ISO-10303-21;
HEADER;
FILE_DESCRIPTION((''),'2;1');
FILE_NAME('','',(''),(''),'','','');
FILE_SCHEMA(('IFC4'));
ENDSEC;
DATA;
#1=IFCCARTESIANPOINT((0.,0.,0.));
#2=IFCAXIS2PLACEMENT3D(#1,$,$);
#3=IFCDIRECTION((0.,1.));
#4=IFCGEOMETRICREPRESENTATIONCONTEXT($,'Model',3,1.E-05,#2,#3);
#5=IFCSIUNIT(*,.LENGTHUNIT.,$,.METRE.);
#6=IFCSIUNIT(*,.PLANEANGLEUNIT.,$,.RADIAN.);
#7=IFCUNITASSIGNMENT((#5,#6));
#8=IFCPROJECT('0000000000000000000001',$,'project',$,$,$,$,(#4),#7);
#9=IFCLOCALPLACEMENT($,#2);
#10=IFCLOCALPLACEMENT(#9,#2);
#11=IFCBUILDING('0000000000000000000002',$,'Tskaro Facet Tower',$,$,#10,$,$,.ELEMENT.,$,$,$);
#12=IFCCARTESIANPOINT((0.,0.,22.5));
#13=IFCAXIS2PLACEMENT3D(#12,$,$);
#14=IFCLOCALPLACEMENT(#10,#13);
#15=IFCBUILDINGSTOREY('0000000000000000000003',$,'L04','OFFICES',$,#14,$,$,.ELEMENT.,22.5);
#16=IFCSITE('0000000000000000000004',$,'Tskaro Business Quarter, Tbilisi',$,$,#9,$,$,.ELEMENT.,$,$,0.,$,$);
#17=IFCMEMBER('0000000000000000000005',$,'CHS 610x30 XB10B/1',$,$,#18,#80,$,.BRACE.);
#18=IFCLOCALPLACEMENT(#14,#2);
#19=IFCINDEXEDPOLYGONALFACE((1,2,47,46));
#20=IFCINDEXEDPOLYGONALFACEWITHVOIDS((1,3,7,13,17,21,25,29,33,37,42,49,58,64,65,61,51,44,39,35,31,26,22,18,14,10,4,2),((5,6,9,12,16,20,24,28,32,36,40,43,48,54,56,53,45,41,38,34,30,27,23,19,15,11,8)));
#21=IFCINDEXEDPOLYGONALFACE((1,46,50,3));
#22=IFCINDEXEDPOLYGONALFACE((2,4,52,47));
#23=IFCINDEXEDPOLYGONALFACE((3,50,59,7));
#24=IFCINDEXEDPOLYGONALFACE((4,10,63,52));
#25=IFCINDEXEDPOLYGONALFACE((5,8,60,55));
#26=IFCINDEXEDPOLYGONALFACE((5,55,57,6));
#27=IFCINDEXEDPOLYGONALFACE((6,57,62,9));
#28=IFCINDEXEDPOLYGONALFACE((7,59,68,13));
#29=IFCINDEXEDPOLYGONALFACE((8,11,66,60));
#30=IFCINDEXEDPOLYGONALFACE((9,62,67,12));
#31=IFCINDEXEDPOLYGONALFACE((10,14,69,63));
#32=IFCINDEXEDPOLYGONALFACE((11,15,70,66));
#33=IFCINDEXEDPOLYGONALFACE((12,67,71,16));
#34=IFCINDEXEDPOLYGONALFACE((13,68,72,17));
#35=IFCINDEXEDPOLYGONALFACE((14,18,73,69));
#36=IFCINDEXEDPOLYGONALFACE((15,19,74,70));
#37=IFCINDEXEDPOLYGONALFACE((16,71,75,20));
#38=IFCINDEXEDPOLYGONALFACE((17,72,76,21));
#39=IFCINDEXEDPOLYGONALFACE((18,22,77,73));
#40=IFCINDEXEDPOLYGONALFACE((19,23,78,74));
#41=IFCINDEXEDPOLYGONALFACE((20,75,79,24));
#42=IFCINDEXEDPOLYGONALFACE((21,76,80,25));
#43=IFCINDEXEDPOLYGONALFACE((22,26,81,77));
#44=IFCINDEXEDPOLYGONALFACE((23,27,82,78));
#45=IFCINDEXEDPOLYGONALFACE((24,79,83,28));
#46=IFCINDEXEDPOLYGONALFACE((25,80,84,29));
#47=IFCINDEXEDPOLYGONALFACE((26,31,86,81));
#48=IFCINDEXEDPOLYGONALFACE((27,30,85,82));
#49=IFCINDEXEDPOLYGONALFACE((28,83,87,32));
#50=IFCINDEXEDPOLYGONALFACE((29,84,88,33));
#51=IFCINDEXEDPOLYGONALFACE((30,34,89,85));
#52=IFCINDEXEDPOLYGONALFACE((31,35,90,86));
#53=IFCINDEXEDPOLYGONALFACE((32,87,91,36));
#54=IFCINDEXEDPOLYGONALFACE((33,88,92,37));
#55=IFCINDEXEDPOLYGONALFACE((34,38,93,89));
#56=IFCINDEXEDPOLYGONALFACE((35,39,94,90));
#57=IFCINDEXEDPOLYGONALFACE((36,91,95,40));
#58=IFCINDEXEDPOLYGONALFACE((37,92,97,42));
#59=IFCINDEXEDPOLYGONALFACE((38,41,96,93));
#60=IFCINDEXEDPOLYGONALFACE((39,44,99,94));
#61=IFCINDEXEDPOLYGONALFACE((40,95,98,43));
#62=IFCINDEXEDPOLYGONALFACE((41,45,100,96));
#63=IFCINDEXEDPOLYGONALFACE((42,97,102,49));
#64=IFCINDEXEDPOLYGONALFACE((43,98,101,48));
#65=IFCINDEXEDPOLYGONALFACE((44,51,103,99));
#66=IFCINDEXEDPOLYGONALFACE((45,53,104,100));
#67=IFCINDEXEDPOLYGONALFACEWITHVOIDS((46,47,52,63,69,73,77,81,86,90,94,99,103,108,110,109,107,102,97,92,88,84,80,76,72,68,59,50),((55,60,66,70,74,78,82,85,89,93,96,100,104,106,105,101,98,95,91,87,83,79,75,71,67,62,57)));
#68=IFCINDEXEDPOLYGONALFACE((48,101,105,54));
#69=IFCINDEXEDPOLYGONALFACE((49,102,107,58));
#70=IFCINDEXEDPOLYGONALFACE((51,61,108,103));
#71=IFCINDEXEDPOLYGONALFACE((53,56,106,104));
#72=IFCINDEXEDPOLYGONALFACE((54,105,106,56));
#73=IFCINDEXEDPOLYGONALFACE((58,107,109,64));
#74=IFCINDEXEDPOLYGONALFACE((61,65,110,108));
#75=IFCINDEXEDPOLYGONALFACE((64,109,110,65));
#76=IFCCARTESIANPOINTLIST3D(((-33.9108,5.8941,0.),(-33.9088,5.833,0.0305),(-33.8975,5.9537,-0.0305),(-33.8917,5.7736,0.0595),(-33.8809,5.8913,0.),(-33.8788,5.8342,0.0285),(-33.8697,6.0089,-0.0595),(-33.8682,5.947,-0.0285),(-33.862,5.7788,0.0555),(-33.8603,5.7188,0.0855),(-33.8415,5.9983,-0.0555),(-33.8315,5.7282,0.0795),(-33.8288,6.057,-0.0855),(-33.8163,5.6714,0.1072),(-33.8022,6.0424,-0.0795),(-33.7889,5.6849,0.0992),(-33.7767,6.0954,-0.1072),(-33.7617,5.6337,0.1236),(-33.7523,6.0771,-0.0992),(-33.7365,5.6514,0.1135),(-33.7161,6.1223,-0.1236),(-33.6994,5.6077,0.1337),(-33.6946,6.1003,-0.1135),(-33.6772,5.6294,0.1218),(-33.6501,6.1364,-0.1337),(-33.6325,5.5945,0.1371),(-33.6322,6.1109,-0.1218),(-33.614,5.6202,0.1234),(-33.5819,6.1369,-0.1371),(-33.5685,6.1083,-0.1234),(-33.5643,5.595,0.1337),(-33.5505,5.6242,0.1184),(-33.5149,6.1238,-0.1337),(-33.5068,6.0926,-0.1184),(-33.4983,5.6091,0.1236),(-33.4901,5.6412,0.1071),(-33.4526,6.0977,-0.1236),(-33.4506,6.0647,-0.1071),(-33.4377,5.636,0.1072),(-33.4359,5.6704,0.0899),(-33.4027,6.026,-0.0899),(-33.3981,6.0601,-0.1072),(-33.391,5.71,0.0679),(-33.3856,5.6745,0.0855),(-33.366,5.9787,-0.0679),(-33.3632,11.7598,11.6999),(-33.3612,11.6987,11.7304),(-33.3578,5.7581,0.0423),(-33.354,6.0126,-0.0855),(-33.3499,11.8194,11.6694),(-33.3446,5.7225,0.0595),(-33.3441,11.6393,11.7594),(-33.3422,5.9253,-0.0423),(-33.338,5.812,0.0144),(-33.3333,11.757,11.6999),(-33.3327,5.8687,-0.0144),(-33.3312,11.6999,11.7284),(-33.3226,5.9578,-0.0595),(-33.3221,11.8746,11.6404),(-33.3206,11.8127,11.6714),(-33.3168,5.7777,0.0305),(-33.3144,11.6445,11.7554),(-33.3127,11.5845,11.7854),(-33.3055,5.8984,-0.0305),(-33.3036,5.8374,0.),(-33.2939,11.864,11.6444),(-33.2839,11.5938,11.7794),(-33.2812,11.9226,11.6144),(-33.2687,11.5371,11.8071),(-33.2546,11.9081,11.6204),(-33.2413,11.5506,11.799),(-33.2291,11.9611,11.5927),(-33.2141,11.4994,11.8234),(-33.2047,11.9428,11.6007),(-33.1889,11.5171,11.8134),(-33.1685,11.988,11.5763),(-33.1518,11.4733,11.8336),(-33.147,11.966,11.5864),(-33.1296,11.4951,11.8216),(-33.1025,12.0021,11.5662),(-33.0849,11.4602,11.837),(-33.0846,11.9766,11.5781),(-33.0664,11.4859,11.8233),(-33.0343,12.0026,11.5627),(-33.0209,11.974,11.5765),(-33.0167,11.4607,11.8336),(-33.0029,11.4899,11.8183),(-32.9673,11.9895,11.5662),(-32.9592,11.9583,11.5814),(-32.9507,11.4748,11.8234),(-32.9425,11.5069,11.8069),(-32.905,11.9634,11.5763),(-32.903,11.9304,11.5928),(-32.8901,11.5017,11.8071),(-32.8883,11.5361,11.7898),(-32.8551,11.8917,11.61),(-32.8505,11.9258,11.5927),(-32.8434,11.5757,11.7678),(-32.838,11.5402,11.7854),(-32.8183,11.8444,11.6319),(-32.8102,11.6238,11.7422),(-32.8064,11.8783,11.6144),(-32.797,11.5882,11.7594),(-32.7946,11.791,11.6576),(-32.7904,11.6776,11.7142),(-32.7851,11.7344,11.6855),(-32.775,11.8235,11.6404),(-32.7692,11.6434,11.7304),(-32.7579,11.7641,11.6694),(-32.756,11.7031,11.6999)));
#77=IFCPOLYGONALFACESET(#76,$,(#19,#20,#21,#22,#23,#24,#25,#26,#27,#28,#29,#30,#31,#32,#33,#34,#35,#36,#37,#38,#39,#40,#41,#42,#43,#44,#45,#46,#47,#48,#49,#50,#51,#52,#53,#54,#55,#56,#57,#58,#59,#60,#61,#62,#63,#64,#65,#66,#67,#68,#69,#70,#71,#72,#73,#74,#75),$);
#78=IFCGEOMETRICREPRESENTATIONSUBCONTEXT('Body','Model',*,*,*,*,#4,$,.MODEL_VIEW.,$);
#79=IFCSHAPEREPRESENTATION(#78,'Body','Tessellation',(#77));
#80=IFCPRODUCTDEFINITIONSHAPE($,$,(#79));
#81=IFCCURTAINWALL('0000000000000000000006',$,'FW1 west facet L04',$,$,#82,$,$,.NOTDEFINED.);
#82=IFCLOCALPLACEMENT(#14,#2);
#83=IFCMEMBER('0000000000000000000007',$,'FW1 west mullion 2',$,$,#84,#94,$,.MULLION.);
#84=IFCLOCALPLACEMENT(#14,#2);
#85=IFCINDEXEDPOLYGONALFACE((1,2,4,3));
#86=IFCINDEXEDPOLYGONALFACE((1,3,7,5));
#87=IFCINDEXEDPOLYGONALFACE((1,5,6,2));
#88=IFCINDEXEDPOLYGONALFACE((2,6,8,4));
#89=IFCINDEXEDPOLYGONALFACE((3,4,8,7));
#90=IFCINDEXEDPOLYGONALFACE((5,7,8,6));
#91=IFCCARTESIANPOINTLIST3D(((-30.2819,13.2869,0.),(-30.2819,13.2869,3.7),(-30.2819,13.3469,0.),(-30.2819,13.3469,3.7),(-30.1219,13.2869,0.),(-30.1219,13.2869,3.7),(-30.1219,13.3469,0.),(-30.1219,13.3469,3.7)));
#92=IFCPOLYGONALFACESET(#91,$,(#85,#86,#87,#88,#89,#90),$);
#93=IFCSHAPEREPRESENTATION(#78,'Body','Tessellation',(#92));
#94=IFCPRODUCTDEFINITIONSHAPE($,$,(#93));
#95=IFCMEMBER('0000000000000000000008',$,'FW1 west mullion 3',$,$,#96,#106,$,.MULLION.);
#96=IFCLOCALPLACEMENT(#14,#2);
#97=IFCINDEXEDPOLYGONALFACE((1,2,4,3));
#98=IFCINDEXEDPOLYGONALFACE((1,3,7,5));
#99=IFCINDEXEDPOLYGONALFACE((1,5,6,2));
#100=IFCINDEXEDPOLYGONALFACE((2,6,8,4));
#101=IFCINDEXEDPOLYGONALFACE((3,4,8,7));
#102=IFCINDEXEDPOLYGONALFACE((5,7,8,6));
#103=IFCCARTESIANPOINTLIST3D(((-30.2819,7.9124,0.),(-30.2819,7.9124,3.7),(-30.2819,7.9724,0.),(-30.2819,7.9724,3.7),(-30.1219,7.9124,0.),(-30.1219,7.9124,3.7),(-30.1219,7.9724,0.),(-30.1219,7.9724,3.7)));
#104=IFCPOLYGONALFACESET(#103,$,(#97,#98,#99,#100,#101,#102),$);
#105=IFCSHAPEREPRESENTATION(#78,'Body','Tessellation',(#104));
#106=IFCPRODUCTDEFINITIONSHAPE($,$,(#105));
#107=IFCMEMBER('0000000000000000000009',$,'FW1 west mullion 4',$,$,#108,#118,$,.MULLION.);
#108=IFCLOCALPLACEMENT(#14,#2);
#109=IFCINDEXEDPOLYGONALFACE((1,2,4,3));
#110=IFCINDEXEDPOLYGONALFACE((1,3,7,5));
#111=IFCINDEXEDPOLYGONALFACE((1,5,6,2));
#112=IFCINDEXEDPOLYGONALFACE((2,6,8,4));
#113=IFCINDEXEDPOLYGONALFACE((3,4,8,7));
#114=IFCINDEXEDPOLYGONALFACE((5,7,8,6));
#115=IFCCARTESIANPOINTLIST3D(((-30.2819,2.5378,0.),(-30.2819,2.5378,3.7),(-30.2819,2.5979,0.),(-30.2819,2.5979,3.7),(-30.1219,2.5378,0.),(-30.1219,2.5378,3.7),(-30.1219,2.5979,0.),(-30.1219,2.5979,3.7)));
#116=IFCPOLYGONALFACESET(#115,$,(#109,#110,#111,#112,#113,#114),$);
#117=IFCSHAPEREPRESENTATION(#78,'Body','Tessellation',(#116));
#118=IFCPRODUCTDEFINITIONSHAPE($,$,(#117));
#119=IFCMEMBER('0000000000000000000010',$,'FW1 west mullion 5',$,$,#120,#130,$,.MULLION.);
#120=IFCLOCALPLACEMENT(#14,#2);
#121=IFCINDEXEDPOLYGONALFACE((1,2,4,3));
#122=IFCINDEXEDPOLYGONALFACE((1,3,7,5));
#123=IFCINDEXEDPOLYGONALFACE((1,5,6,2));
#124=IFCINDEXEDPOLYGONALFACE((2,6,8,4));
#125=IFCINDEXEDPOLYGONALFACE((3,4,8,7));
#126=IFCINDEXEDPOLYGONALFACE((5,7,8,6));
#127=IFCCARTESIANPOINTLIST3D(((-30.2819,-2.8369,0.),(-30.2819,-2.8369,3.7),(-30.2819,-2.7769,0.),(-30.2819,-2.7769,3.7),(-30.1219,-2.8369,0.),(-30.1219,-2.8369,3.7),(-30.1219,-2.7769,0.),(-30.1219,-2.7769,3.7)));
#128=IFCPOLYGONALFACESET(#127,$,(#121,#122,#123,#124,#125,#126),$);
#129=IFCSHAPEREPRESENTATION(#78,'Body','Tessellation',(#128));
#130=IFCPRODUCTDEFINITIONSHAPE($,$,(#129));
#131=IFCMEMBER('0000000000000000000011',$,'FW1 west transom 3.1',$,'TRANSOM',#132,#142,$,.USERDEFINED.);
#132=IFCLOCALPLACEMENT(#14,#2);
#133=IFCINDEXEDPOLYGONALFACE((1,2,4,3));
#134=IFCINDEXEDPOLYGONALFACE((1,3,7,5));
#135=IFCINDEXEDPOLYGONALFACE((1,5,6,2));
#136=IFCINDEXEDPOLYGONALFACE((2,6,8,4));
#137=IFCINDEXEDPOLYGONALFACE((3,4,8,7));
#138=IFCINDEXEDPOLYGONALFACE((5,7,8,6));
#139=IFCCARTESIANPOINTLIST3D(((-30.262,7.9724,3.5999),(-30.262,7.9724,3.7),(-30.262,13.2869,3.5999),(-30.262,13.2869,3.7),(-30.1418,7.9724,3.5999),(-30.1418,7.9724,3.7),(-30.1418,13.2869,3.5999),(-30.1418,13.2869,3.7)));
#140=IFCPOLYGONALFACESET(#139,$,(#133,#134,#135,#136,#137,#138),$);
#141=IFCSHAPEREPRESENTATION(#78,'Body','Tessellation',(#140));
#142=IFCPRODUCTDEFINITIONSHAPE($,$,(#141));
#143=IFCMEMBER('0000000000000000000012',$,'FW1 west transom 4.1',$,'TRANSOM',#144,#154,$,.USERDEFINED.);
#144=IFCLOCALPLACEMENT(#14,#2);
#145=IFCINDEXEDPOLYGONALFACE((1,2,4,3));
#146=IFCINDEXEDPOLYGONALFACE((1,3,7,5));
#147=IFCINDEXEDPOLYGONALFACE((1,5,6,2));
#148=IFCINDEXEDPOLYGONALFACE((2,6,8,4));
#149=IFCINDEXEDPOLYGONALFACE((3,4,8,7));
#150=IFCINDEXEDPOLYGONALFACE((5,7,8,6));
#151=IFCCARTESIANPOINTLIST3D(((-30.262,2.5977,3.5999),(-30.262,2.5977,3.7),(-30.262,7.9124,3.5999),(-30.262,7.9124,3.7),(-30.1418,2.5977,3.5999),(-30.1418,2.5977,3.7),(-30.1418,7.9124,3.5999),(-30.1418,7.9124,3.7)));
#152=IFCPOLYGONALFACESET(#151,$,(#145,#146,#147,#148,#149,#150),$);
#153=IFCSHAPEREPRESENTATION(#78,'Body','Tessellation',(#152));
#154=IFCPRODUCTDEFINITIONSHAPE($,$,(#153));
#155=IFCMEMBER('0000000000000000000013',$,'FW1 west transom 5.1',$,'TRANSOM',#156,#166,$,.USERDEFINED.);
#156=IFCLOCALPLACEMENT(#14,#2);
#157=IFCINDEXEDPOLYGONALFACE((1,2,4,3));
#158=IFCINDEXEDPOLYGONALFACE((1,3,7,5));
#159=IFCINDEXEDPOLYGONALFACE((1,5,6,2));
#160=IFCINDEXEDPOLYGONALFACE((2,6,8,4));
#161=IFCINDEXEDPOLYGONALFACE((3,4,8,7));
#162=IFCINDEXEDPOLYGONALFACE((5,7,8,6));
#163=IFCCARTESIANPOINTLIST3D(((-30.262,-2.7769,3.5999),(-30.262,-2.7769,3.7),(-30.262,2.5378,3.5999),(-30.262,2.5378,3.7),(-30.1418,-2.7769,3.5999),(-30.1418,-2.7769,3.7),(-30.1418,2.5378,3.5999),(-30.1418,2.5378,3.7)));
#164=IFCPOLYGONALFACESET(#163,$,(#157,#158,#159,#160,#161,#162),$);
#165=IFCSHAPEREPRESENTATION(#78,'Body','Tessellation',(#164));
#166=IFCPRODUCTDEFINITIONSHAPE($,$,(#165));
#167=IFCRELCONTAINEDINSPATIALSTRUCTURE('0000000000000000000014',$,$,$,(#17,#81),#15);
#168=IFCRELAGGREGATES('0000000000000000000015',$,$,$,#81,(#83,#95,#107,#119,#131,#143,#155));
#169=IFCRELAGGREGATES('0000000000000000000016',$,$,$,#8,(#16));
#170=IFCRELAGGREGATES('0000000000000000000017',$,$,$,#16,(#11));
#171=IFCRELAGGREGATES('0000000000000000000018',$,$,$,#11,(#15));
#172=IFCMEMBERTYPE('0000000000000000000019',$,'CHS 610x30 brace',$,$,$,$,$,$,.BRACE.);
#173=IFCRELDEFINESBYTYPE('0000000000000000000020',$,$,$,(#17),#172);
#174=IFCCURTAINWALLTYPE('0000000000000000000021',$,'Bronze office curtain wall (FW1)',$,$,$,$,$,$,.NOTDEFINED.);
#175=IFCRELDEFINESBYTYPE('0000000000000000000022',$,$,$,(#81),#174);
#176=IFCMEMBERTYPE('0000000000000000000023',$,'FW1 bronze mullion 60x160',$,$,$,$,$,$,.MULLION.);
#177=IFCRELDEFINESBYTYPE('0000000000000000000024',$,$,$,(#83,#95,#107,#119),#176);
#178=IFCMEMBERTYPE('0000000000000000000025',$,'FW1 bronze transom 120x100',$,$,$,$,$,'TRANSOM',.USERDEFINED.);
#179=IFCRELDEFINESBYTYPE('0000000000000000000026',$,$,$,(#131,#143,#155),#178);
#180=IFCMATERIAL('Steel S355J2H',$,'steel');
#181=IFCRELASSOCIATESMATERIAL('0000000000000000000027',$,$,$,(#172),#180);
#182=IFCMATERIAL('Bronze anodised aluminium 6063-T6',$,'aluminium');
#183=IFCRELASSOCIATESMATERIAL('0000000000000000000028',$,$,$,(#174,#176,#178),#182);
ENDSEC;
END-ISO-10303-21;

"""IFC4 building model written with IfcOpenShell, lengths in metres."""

from ifc_helpers import new_model, si_unit, direction, frame, origin, origin_2d, place, context, subcontext, project, spatial, rectangle, hollow_circle, extrude, material, material_profile, profile_set, type_object, element, aggregate, save


model = new_model("IFC4")

# Units and contexts
model_context = context("Model", 3, precision=1e-05, world=origin(), true_north=direction((0.0, 1.0)))
body_context = subcontext(model_context, "Body", "Model", "MODEL_VIEW")
ifc_project = project(units=[si_unit("LENGTHUNIT", "METRE"), si_unit("PLANEANGLEUNIT", "RADIAN")], contexts=[model_context])

# Site, building, storey
site_placement = place(None, origin())
site = spatial("IfcSite", under=ifc_project, at=site_placement, Name="Tskaro Business Quarter, Tbilisi", CompositionType="ELEMENT", RefElevation=0.0)
building_placement = place(site_placement, origin())
building = spatial("IfcBuilding", under=site, at=building_placement, Name="Tskaro Facet Tower", CompositionType="ELEMENT")
storey_placement = place(building_placement, frame((0.0, 0.0, 22.5)))
storey = spatial("IfcBuildingStorey", under=building, at=storey_placement, Name="L04", Description="OFFICES", CompositionType="ELEMENT", Elevation=22.5)

# Shared definitions
ifc_material_1 = material(Name="Steel S355J2H", Category="steel")

# Member
ifc_material_profile_1 = material_profile(ifc_material_1, hollow_circle(Radius=0.3049, WallThickness=0.03, at=origin_2d()), Name="CHS 610x30")
ifc_profile_set_1 = profile_set([ifc_material_profile_1], Name="Steel S355J2H")
member_type_1 = type_object("IfcMemberType", Name="CHS 610x30 brace", PredefinedType="BRACE", material=ifc_profile_set_1)
member_1_placement = place(storey_placement, frame((-33.6072, 5.8657, 0.0), z_axis=(0.041804, 0.447784, 0.893164), x_axis=(-0.99567, 0.092953, 0.0)))
element("IfcMember", 1, at=member_1_placement, inside=storey, type_object=member_type_1, Name="CHS 610x30 XB10B/1", PredefinedType="BRACE", context=body_context, shape_type="SweptSolid", body=[
    extrude(hollow_circle(Radius=0.3049, WallThickness=0.03, at=origin_2d()), origin(), (0.0, 0.0, 1.0), 13.0994),
])

# Curtain wall, members
ifc_material_2 = material(Name="Bronze anodised aluminium 6063-T6", Category="aluminium")
curtain_wall_type = type_object("IfcCurtainWallType", Name="Bronze office curtain wall (FW1)", PredefinedType="NOTDEFINED", material=ifc_material_2)
curtain_wall_placement = place(storey_placement, origin())
curtain_wall = element("IfcCurtainWall", 2, at=curtain_wall_placement, inside=storey, type_object=curtain_wall_type, Name="FW1 west facet L04", PredefinedType="NOTDEFINED")
ifc_material_profile_2 = material_profile(ifc_material_2, rectangle(XDim=0.0601, YDim=0.1599, at=origin_2d()), Name="Mullion 60x160")
ifc_profile_set_2 = profile_set([ifc_material_profile_2], Name="Bronze anodised aluminium 6063-T6")
member_type_2 = type_object("IfcMemberType", Name="FW1 bronze mullion 60x160", PredefinedType="MULLION", material=ifc_profile_set_2)
member_2_placement = place(storey_placement, frame((-30.2019, 13.3169, 0.0), z_axis=(0.0, 0.0, 1.0), x_axis=(0.0, -1.0, 0.0)))
member_2 = element("IfcMember", 3, at=member_2_placement, type_object=member_type_2, Name="FW1 west mullion 2", PredefinedType="MULLION", context=body_context, shape_type="SweptSolid", body=[
    extrude(rectangle(XDim=0.0601, YDim=0.1599, at=origin_2d()), origin(), (0.0, 0.0, 1.0), 3.7),
])
member_3_placement = place(storey_placement, frame((-30.2019, 7.9424, 0.0), z_axis=(0.0, 0.0, 1.0), x_axis=(0.0, -1.0, 0.0)))
member_3 = element("IfcMember", 4, at=member_3_placement, type_object=member_type_2, Name="FW1 west mullion 3", PredefinedType="MULLION", context=body_context, shape_type="SweptSolid", body=[
    extrude(rectangle(XDim=0.0601, YDim=0.1599, at=origin_2d()), origin(), (0.0, 0.0, 1.0), 3.7),
])
member_4_placement = place(storey_placement, frame((-30.2019, 2.5679, 0.0), z_axis=(0.0, 0.0, 1.0), x_axis=(0.0, -1.0, 0.0)))
member_4 = element("IfcMember", 5, at=member_4_placement, type_object=member_type_2, Name="FW1 west mullion 4", PredefinedType="MULLION", context=body_context, shape_type="SweptSolid", body=[
    extrude(rectangle(XDim=0.0601, YDim=0.1599, at=origin_2d()), origin(), (0.0, 0.0, 1.0), 3.7),
])
member_5_placement = place(storey_placement, frame((-30.2019, -2.8069, 0.0), z_axis=(0.0, 0.0, 1.0), x_axis=(0.0, -1.0, 0.0)))
member_5 = element("IfcMember", 6, at=member_5_placement, type_object=member_type_2, Name="FW1 west mullion 5", PredefinedType="MULLION", context=body_context, shape_type="SweptSolid", body=[
    extrude(rectangle(XDim=0.0601, YDim=0.1599, at=origin_2d()), origin(), (0.0, 0.0, 1.0), 3.7),
])
ifc_material_profile_3 = material_profile(ifc_material_2, rectangle(XDim=0.1201, YDim=0.1001, at=origin_2d()), Name="Transom 120x100")
ifc_profile_set_3 = profile_set([ifc_material_profile_3], Name="Bronze anodised aluminium 6063-T6")
member_type_3 = type_object("IfcMemberType", Name="FW1 bronze transom 120x100", ElementType="TRANSOM", PredefinedType="USERDEFINED", material=ifc_profile_set_3)
member_6_placement = place(storey_placement, frame((-30.2019, 13.2869, 3.6499), z_axis=(0.0, -1.0, 0.0), x_axis=(1.0, 0.0, 0.0)))
member_6 = element("IfcMember", 7, at=member_6_placement, type_object=member_type_3, Name="FW1 west transom 3.1", ObjectType="TRANSOM", PredefinedType="USERDEFINED", context=body_context, shape_type="SweptSolid", body=[
    extrude(rectangle(XDim=0.1201, YDim=0.1001, at=origin_2d()), origin(), (0.0, 0.0, 1.0), 5.3145),
])
member_7_placement = place(storey_placement, frame((-30.2019, 7.9124, 3.6499), z_axis=(0.0, -1.0, 0.0), x_axis=(1.0, 0.0, 0.0)))
member_7 = element("IfcMember", 8, at=member_7_placement, type_object=member_type_3, Name="FW1 west transom 4.1", ObjectType="TRANSOM", PredefinedType="USERDEFINED", context=body_context, shape_type="SweptSolid", body=[
    extrude(rectangle(XDim=0.1201, YDim=0.1001, at=origin_2d()), origin(), (0.0, 0.0, 1.0), 5.3147),
])
member_8_placement = place(storey_placement, frame((-30.2019, 2.5378, 3.6499), z_axis=(0.0, -1.0, 0.0), x_axis=(1.0, 0.0, 0.0)))
member_8 = element("IfcMember", 9, at=member_8_placement, type_object=member_type_3, Name="FW1 west transom 5.1", ObjectType="TRANSOM", PredefinedType="USERDEFINED", context=body_context, shape_type="SweptSolid", body=[
    extrude(rectangle(XDim=0.1201, YDim=0.1001, at=origin_2d()), origin(), (0.0, 0.0, 1.0), 5.3147),
])

aggregate(curtain_wall, [member_2, member_3, member_4, member_5, member_6, member_7, member_8])

save(model, "model.ifc")
